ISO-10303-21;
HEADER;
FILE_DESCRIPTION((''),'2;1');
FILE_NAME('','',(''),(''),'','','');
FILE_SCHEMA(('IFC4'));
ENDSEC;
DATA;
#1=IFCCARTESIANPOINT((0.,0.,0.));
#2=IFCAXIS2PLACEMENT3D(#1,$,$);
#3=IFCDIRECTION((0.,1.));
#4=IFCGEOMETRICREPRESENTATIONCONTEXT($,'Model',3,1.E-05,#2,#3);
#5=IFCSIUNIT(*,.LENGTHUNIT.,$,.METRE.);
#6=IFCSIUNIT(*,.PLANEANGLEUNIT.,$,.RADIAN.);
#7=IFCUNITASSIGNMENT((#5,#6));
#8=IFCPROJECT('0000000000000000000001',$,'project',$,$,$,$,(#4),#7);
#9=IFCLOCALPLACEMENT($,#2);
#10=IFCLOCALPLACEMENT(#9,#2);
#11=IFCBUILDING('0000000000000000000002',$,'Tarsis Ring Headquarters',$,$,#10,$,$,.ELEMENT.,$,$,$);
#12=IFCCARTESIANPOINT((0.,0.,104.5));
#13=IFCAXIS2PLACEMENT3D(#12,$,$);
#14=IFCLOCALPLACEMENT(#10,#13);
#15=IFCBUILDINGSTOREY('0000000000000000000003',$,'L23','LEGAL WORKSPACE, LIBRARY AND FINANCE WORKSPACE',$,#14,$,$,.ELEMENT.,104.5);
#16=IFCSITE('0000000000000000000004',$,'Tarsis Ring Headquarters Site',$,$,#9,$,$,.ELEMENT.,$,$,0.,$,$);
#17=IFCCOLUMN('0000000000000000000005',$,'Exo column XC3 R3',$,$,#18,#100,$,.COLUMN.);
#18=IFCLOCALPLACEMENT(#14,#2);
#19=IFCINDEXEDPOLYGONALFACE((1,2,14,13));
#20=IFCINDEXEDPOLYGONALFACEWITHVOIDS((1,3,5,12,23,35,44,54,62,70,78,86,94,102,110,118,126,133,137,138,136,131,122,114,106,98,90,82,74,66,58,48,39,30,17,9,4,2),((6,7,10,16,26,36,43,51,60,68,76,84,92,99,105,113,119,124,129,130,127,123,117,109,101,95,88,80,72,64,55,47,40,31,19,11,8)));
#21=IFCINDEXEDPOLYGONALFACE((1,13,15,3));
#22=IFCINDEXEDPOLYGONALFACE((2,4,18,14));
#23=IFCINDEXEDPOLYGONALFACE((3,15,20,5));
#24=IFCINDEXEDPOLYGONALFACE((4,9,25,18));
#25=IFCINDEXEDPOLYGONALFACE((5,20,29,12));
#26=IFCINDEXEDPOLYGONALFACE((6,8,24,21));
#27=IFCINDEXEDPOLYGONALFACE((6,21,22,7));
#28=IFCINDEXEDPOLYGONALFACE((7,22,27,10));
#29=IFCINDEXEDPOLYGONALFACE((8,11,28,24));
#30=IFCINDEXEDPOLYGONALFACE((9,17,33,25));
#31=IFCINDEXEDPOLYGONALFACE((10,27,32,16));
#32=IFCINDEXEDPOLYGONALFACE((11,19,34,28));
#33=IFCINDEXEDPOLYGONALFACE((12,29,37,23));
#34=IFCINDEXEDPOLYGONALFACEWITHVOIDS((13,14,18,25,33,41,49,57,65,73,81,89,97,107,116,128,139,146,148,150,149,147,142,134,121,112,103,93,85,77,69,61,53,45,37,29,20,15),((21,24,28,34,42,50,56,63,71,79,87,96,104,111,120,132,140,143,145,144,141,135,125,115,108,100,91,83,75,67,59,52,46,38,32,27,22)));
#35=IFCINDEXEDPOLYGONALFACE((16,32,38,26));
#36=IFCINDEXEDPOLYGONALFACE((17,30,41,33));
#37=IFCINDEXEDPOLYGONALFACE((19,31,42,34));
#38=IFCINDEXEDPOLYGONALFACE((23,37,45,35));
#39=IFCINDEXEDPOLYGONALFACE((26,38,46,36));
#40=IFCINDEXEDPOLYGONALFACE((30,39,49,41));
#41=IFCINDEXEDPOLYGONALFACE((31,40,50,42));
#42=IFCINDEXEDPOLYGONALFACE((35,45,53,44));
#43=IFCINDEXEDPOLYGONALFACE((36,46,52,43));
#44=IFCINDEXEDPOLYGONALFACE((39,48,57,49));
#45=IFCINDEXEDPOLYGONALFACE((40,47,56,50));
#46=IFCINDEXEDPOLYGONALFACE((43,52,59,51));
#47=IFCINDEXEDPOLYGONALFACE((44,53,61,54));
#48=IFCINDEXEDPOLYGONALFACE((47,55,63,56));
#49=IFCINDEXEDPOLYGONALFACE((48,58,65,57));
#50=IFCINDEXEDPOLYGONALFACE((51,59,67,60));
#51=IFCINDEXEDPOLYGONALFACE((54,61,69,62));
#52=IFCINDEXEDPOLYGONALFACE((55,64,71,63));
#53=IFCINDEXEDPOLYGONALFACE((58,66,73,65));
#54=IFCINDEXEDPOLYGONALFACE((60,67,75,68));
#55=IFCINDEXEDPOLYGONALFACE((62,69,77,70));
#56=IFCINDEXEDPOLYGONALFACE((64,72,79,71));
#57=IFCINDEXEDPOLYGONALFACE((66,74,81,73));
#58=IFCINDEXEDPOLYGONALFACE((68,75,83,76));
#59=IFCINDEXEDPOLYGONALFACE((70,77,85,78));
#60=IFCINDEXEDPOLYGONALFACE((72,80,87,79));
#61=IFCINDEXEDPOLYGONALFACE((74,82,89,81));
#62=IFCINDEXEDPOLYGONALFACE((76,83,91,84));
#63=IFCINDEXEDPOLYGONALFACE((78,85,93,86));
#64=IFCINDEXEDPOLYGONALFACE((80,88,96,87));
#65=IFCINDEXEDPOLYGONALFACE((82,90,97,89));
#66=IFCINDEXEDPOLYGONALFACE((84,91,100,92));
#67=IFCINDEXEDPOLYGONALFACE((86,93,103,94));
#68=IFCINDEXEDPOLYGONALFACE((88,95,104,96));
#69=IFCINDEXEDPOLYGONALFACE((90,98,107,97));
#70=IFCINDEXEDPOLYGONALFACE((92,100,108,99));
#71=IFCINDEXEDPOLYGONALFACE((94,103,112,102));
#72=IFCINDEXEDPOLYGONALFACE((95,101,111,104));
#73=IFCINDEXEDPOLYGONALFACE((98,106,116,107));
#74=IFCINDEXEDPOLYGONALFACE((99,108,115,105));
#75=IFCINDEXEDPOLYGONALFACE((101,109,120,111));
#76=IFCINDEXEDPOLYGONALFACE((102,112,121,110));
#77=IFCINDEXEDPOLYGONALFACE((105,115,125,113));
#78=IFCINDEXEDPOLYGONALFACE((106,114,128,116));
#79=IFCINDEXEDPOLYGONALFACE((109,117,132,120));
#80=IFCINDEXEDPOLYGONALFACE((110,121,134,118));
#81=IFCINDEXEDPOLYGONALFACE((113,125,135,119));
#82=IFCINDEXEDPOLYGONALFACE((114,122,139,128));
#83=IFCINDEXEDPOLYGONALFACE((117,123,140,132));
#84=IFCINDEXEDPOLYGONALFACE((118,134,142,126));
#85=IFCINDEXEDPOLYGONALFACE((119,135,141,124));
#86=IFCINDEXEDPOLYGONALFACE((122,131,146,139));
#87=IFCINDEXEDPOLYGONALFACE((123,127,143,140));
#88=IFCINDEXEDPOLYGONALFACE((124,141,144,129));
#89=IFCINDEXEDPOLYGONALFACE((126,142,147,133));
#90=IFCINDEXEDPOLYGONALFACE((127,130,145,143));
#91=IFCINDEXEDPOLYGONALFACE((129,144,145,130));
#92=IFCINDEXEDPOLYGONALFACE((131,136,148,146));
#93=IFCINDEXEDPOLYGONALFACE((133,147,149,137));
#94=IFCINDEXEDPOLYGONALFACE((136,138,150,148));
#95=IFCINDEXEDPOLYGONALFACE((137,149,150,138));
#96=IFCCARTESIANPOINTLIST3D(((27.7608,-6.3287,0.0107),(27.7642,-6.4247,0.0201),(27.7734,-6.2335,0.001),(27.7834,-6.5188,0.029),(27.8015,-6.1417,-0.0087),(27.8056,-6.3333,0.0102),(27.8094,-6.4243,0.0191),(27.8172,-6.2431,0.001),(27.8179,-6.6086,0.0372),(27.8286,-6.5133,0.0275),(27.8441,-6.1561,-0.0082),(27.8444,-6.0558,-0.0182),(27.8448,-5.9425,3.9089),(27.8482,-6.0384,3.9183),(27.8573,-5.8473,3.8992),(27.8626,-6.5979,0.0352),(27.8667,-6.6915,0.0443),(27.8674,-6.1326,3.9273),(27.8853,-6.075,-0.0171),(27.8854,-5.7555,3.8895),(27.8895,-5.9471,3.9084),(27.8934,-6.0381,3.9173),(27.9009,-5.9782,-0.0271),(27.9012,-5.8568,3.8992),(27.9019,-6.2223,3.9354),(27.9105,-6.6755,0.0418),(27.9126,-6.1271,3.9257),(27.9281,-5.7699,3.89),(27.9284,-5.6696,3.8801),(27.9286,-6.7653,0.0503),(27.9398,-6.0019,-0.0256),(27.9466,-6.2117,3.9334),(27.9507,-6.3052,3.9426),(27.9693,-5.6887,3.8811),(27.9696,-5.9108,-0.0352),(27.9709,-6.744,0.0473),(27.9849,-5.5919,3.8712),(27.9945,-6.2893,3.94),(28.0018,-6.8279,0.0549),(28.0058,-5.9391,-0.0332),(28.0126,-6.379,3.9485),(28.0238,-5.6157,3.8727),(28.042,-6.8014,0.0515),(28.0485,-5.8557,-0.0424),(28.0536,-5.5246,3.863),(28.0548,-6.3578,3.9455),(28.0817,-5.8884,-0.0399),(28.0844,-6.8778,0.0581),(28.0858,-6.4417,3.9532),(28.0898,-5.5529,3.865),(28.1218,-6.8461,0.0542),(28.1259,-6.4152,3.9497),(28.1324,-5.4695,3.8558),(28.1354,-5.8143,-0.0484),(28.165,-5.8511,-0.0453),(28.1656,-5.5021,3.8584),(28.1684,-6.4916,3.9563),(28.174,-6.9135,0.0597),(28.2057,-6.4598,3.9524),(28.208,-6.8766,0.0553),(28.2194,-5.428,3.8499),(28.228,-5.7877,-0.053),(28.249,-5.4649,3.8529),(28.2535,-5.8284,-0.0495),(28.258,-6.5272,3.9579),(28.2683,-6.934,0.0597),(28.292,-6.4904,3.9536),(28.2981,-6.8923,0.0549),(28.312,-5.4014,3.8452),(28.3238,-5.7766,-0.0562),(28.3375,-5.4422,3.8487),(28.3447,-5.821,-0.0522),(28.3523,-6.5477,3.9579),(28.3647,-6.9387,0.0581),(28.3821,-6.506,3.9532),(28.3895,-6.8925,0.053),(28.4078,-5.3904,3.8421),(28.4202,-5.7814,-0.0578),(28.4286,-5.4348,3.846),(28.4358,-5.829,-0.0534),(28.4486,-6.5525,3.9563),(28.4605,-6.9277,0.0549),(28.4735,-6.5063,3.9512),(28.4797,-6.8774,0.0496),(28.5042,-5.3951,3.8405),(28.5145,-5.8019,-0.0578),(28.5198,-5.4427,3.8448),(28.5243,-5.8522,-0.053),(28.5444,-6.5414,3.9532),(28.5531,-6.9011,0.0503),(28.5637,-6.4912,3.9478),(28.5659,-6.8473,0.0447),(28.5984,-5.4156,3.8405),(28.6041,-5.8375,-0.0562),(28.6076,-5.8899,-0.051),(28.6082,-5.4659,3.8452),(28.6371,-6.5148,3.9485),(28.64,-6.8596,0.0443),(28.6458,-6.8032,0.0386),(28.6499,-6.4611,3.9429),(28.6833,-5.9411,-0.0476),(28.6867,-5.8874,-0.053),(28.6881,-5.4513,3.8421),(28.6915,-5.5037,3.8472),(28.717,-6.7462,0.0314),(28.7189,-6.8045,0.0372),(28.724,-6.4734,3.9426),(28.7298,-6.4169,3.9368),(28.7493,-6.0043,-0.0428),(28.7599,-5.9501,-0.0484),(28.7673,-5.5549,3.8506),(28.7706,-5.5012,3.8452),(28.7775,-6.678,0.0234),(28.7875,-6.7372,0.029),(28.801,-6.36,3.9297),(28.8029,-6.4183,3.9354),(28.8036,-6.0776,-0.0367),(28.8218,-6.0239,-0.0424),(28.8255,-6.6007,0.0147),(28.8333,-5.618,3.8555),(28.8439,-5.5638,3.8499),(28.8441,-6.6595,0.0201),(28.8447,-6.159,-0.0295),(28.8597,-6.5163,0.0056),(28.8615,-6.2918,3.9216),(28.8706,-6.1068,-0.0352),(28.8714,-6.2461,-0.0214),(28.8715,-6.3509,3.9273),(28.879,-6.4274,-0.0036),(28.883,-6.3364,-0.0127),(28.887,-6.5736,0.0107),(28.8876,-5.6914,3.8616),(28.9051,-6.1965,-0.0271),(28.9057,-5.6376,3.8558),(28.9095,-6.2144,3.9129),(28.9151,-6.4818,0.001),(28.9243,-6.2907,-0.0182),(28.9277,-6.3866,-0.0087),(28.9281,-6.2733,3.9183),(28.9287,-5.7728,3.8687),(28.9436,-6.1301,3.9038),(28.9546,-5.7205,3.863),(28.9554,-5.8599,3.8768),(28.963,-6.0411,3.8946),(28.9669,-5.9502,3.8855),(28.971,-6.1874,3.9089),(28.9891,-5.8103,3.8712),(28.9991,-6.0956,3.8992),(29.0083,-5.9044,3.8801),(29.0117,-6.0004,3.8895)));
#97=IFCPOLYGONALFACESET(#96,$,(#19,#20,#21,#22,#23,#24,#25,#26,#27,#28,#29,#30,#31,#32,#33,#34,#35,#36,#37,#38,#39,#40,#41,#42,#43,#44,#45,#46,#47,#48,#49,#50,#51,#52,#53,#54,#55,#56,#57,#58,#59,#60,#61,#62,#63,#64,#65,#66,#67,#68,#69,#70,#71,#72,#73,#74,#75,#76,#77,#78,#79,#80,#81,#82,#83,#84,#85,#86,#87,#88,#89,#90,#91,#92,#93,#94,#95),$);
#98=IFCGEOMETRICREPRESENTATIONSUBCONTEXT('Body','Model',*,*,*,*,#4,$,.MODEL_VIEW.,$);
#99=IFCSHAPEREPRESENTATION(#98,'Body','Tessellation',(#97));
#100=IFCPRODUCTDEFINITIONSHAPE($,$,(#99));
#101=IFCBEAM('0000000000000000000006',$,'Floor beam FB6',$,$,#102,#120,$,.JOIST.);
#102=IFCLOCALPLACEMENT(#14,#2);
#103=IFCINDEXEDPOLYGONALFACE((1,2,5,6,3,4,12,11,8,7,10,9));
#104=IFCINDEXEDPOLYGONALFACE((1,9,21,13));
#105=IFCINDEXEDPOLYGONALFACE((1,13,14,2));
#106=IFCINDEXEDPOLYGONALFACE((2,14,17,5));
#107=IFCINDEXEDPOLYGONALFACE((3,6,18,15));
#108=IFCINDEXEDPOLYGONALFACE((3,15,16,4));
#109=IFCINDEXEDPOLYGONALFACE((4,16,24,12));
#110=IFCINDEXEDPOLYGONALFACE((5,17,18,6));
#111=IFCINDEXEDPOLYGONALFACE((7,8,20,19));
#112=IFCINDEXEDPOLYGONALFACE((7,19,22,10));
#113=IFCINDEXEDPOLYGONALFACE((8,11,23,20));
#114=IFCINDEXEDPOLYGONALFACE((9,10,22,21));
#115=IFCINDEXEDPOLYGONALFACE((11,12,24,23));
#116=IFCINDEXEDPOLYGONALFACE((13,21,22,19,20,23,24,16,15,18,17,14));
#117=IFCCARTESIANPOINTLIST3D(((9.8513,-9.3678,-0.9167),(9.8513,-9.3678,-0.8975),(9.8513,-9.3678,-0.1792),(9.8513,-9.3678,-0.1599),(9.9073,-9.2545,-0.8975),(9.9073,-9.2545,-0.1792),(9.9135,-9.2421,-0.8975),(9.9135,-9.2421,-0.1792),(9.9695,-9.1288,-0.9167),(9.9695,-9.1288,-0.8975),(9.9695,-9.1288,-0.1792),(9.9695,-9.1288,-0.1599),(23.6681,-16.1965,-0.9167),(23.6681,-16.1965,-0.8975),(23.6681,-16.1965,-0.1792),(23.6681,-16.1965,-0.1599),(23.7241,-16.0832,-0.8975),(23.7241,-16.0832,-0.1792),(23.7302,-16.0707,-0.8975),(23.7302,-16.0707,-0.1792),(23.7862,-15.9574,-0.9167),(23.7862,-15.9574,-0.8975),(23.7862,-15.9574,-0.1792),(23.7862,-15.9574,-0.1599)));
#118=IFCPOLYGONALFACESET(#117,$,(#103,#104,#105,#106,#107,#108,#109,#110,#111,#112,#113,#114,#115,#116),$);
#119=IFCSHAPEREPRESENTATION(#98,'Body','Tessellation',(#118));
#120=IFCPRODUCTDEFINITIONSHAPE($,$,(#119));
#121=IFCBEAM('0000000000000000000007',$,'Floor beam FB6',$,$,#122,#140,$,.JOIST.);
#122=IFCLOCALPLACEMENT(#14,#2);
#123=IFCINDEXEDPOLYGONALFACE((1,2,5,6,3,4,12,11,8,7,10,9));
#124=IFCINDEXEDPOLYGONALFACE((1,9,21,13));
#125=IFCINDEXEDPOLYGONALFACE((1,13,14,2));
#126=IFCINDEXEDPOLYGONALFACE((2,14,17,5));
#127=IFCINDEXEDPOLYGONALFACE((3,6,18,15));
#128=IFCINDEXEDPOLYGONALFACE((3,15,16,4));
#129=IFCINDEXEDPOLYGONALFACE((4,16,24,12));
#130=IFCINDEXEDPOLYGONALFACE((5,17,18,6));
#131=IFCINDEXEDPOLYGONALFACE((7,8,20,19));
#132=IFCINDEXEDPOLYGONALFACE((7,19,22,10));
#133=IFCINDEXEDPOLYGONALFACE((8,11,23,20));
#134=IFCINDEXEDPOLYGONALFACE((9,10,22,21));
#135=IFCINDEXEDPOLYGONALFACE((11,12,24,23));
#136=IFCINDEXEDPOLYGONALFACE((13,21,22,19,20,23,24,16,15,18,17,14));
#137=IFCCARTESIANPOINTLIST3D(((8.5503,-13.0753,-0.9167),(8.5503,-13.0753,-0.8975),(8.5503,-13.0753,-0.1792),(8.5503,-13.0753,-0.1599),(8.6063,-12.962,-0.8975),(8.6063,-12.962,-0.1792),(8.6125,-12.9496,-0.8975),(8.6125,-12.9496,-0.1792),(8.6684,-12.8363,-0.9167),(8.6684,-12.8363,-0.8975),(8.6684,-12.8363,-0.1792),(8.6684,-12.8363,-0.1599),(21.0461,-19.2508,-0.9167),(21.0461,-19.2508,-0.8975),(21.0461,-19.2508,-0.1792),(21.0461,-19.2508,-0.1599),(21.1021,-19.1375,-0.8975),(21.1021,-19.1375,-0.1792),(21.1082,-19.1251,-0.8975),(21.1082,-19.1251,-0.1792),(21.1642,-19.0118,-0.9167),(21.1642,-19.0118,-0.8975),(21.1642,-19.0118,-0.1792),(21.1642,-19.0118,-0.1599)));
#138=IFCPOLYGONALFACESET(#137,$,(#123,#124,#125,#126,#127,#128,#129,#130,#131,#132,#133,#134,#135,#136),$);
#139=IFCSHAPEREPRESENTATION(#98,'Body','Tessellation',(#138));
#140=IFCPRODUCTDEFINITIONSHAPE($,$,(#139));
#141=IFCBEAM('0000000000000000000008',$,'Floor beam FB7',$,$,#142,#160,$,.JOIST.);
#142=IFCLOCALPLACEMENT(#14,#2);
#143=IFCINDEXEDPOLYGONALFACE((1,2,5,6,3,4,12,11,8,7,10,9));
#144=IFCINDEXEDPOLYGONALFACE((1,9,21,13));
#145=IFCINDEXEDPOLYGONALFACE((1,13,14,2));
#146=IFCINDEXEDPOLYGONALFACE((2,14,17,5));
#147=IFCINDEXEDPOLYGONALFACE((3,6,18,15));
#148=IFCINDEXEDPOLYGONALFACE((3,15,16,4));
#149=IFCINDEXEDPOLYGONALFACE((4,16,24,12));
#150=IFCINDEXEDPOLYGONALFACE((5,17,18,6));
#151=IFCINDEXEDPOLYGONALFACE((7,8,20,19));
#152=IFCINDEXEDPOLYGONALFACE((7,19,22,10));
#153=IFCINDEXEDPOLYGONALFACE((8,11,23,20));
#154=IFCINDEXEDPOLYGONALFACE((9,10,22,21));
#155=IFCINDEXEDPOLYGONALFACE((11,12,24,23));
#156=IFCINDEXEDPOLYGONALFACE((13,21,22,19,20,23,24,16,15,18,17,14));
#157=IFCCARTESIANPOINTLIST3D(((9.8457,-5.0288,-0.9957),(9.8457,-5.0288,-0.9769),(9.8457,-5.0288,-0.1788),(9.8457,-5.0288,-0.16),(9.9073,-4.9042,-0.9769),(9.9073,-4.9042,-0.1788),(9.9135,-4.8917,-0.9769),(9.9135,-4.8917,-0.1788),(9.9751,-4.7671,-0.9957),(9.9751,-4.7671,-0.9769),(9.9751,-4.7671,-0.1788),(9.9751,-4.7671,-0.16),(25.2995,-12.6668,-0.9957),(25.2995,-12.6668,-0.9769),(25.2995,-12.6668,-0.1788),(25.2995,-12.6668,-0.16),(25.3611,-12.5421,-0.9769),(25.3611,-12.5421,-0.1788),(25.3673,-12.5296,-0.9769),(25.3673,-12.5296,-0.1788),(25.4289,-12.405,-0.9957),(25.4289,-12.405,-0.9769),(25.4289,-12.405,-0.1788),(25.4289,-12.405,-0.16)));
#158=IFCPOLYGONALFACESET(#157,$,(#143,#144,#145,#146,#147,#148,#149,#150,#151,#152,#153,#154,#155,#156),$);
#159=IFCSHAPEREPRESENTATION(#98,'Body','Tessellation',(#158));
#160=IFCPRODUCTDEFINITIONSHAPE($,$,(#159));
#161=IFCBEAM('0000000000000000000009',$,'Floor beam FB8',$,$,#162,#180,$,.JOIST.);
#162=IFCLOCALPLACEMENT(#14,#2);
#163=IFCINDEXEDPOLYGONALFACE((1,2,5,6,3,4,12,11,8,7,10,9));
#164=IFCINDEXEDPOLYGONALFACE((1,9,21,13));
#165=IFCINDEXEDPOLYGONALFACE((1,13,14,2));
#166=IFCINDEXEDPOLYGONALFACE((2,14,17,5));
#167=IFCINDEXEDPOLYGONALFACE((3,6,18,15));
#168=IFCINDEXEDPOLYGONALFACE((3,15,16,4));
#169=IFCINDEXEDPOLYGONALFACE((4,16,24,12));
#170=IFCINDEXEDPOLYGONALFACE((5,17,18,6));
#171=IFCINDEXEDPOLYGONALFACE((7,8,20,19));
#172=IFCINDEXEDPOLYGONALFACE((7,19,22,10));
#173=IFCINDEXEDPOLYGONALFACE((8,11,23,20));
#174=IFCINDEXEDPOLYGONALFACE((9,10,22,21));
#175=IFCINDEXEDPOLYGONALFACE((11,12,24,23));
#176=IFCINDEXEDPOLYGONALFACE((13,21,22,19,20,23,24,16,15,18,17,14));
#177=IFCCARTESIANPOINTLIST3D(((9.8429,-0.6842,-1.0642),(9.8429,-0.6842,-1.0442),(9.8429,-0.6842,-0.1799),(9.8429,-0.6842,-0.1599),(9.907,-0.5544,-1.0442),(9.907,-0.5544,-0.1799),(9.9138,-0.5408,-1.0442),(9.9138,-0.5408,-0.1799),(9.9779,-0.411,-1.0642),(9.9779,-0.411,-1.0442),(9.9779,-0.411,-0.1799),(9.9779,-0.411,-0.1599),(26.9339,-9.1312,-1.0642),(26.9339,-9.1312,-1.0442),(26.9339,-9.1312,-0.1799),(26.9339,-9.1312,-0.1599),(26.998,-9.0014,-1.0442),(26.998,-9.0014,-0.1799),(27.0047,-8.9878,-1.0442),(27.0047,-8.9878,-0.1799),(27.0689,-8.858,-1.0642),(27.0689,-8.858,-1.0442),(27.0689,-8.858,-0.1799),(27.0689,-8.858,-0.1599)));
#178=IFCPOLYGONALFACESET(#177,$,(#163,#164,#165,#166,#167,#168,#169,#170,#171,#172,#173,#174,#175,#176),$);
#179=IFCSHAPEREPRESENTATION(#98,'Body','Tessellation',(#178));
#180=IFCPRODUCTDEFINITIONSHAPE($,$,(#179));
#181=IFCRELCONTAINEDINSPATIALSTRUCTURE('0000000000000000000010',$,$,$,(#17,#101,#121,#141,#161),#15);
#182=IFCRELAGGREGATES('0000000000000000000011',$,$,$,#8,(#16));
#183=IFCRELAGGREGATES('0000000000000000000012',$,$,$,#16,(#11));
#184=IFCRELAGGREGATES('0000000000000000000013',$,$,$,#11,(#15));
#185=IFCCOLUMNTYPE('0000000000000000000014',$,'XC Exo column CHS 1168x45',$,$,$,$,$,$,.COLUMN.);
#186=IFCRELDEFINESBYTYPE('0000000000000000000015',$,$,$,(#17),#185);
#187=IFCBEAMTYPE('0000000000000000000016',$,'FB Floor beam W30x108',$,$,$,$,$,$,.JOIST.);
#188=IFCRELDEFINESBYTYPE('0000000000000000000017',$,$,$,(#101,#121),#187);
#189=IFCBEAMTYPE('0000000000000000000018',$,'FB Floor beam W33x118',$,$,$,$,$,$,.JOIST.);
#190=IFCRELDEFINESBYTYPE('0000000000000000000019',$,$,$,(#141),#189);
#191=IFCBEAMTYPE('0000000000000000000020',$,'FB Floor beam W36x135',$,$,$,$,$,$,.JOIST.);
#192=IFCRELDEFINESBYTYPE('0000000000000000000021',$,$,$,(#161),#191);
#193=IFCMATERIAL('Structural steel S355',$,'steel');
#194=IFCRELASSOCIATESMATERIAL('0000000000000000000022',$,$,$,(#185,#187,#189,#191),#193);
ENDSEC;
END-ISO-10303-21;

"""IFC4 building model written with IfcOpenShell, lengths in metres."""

from ifc_helpers import new_model, si_unit, direction, frame, origin, origin_2d, place, context, subcontext, project, spatial, hollow_circle, i_section, extrude, material, material_profile, profile_set, type_object, element, save


model = new_model("IFC4")

# Units and contexts
model_context = context("Model", 3, precision=1e-05, world=origin(), true_north=direction((0.0, 1.0)))
body_context = subcontext(model_context, "Body", "Model", "MODEL_VIEW")
ifc_project = project(units=[si_unit("LENGTHUNIT", "METRE"), si_unit("PLANEANGLEUNIT", "RADIAN")], contexts=[model_context])

# Site, building, storey
site_placement = place(None, origin())
site = spatial("IfcSite", under=ifc_project, at=site_placement, Name="Tarsis Ring Headquarters Site", CompositionType="ELEMENT", RefElevation=0.0)
building_placement = place(site_placement, origin())
building = spatial("IfcBuilding", under=site, at=building_placement, Name="Tarsis Ring Headquarters", CompositionType="ELEMENT")
storey_placement = place(building_placement, frame((0.0, 0.0, 104.5)))
storey = spatial("IfcBuildingStorey", under=building, at=storey_placement, Name="L23", Description="LEGAL WORKSPACE, LIBRARY AND FINANCE WORKSPACE", CompositionType="ELEMENT", Elevation=104.5)

# Column
ifc_material_1 = material(Name="Structural steel S355", Category="steel")
ifc_material_profile_1 = material_profile(ifc_material_1, hollow_circle(Radius=0.5842, WallThickness=0.0449, at=origin_2d()), Name="CHS 1168x45")
ifc_profile_set_1 = profile_set([ifc_material_profile_1], Name="Structural steel S355")
column_type = type_object("IfcColumnType", Name="XC Exo column CHS 1168x45", PredefinedType="COLUMN", material=ifc_profile_set_1)
column_placement = place(storey_placement, frame((28.3442, -6.3577, 0.001), z_axis=(0.021435, 0.098574, 0.994899), x_axis=(-0.977165, 0.212481, 0.0)))
element("IfcColumn", 1, at=column_placement, inside=storey, type_object=column_type, Name="Exo column XC3 R3", PredefinedType="COLUMN", context=body_context, shape_type="SweptSolid", body=[
    extrude(hollow_circle(Radius=0.5842, WallThickness=0.0449, at=origin_2d()), origin(), (0.0, 0.0, 1.0), 3.9182),
])

# Beams
ifc_material_profile_2 = material_profile(ifc_material_1, i_section(OverallWidth=0.2666, OverallDepth=0.7568, WebThickness=0.0139, FlangeThickness=0.0193, at=origin_2d()), Name="W30x108")
ifc_profile_set_2 = profile_set([ifc_material_profile_2], Name="Structural steel S355")
beam_type_1 = type_object("IfcBeamType", Name="FB Floor beam W30x108", PredefinedType="JOIST", material=ifc_profile_set_2)
beam_1_placement = place(storey_placement, frame((9.9104, -9.2483, -0.5383), z_axis=(0.896486, -0.443071, 0.0), x_axis=(0.443071, 0.896486, 0.0)))
element("IfcBeam", 2, at=beam_1_placement, inside=storey, type_object=beam_type_1, Name="Floor beam FB6", PredefinedType="JOIST", context=body_context, shape_type="SweptSolid", body=[
    extrude(i_section(OverallWidth=0.2666, OverallDepth=0.7568, WebThickness=0.0139, FlangeThickness=0.0193, at=origin_2d()), origin(), (0.0, 0.0, 1.0), 15.4121),
])
beam_2_placement = place(storey_placement, frame((8.6094, -12.9558, -0.5383), z_axis=(0.896495, -0.443054, 0.0), x_axis=(0.443054, 0.896495, 0.0)))
element("IfcBeam", 3, at=beam_2_placement, inside=storey, type_object=beam_type_1, Name="Floor beam FB6", PredefinedType="JOIST", context=body_context, shape_type="SweptSolid", body=[
    extrude(i_section(OverallWidth=0.2666, OverallDepth=0.7568, WebThickness=0.0139, FlangeThickness=0.0193, at=origin_2d()), origin(), (0.0, 0.0, 1.0), 13.9385),
])
ifc_material_profile_3 = material_profile(ifc_material_1, i_section(OverallWidth=0.292, OverallDepth=0.8357, WebThickness=0.0139, FlangeThickness=0.0188, at=origin_2d()), Name="W33x118")
ifc_profile_set_3 = profile_set([ifc_material_profile_3], Name="Structural steel S355")
beam_type_2 = type_object("IfcBeamType", Name="FB Floor beam W33x118", PredefinedType="JOIST", material=ifc_profile_set_3)
beam_3_placement = place(storey_placement, frame((9.9104, -4.8979, -0.5779), z_axis=(0.896483, -0.443079, 0.0), x_axis=(0.443079, 0.896483, 0.0)))
element("IfcBeam", 4, at=beam_3_placement, inside=storey, type_object=beam_type_2, Name="Floor beam FB7", PredefinedType="JOIST", context=body_context, shape_type="SweptSolid", body=[
    extrude(i_section(OverallWidth=0.292, OverallDepth=0.8357, WebThickness=0.0139, FlangeThickness=0.0188, at=origin_2d()), origin(), (0.0, 0.0, 1.0), 17.2383),
])
ifc_material_profile_4 = material_profile(ifc_material_1, i_section(OverallWidth=0.3047, OverallDepth=0.9043, WebThickness=0.0151, FlangeThickness=0.02, at=origin_2d()), Name="W36x135")
ifc_profile_set_4 = profile_set([ifc_material_profile_4], Name="Structural steel S355")
beam_type_3 = type_object("IfcBeamType", Name="FB Floor beam W36x135", PredefinedType="JOIST", material=ifc_profile_set_4)
beam_4_placement = place(storey_placement, frame((9.9104, -0.5476, -0.6121), z_axis=(0.896485, -0.443075, 0.0), x_axis=(0.443075, 0.896485, 0.0)))
element("IfcBeam", 5, at=beam_4_placement, inside=storey, type_object=beam_type_3, Name="Floor beam FB8", PredefinedType="JOIST", context=body_context, shape_type="SweptSolid", body=[
    extrude(i_section(OverallWidth=0.3047, OverallDepth=0.9043, WebThickness=0.0151, FlangeThickness=0.02, at=origin_2d()), origin(), (0.0, 0.0, 1.0), 19.0645),
])

save(model, "model.ifc")
